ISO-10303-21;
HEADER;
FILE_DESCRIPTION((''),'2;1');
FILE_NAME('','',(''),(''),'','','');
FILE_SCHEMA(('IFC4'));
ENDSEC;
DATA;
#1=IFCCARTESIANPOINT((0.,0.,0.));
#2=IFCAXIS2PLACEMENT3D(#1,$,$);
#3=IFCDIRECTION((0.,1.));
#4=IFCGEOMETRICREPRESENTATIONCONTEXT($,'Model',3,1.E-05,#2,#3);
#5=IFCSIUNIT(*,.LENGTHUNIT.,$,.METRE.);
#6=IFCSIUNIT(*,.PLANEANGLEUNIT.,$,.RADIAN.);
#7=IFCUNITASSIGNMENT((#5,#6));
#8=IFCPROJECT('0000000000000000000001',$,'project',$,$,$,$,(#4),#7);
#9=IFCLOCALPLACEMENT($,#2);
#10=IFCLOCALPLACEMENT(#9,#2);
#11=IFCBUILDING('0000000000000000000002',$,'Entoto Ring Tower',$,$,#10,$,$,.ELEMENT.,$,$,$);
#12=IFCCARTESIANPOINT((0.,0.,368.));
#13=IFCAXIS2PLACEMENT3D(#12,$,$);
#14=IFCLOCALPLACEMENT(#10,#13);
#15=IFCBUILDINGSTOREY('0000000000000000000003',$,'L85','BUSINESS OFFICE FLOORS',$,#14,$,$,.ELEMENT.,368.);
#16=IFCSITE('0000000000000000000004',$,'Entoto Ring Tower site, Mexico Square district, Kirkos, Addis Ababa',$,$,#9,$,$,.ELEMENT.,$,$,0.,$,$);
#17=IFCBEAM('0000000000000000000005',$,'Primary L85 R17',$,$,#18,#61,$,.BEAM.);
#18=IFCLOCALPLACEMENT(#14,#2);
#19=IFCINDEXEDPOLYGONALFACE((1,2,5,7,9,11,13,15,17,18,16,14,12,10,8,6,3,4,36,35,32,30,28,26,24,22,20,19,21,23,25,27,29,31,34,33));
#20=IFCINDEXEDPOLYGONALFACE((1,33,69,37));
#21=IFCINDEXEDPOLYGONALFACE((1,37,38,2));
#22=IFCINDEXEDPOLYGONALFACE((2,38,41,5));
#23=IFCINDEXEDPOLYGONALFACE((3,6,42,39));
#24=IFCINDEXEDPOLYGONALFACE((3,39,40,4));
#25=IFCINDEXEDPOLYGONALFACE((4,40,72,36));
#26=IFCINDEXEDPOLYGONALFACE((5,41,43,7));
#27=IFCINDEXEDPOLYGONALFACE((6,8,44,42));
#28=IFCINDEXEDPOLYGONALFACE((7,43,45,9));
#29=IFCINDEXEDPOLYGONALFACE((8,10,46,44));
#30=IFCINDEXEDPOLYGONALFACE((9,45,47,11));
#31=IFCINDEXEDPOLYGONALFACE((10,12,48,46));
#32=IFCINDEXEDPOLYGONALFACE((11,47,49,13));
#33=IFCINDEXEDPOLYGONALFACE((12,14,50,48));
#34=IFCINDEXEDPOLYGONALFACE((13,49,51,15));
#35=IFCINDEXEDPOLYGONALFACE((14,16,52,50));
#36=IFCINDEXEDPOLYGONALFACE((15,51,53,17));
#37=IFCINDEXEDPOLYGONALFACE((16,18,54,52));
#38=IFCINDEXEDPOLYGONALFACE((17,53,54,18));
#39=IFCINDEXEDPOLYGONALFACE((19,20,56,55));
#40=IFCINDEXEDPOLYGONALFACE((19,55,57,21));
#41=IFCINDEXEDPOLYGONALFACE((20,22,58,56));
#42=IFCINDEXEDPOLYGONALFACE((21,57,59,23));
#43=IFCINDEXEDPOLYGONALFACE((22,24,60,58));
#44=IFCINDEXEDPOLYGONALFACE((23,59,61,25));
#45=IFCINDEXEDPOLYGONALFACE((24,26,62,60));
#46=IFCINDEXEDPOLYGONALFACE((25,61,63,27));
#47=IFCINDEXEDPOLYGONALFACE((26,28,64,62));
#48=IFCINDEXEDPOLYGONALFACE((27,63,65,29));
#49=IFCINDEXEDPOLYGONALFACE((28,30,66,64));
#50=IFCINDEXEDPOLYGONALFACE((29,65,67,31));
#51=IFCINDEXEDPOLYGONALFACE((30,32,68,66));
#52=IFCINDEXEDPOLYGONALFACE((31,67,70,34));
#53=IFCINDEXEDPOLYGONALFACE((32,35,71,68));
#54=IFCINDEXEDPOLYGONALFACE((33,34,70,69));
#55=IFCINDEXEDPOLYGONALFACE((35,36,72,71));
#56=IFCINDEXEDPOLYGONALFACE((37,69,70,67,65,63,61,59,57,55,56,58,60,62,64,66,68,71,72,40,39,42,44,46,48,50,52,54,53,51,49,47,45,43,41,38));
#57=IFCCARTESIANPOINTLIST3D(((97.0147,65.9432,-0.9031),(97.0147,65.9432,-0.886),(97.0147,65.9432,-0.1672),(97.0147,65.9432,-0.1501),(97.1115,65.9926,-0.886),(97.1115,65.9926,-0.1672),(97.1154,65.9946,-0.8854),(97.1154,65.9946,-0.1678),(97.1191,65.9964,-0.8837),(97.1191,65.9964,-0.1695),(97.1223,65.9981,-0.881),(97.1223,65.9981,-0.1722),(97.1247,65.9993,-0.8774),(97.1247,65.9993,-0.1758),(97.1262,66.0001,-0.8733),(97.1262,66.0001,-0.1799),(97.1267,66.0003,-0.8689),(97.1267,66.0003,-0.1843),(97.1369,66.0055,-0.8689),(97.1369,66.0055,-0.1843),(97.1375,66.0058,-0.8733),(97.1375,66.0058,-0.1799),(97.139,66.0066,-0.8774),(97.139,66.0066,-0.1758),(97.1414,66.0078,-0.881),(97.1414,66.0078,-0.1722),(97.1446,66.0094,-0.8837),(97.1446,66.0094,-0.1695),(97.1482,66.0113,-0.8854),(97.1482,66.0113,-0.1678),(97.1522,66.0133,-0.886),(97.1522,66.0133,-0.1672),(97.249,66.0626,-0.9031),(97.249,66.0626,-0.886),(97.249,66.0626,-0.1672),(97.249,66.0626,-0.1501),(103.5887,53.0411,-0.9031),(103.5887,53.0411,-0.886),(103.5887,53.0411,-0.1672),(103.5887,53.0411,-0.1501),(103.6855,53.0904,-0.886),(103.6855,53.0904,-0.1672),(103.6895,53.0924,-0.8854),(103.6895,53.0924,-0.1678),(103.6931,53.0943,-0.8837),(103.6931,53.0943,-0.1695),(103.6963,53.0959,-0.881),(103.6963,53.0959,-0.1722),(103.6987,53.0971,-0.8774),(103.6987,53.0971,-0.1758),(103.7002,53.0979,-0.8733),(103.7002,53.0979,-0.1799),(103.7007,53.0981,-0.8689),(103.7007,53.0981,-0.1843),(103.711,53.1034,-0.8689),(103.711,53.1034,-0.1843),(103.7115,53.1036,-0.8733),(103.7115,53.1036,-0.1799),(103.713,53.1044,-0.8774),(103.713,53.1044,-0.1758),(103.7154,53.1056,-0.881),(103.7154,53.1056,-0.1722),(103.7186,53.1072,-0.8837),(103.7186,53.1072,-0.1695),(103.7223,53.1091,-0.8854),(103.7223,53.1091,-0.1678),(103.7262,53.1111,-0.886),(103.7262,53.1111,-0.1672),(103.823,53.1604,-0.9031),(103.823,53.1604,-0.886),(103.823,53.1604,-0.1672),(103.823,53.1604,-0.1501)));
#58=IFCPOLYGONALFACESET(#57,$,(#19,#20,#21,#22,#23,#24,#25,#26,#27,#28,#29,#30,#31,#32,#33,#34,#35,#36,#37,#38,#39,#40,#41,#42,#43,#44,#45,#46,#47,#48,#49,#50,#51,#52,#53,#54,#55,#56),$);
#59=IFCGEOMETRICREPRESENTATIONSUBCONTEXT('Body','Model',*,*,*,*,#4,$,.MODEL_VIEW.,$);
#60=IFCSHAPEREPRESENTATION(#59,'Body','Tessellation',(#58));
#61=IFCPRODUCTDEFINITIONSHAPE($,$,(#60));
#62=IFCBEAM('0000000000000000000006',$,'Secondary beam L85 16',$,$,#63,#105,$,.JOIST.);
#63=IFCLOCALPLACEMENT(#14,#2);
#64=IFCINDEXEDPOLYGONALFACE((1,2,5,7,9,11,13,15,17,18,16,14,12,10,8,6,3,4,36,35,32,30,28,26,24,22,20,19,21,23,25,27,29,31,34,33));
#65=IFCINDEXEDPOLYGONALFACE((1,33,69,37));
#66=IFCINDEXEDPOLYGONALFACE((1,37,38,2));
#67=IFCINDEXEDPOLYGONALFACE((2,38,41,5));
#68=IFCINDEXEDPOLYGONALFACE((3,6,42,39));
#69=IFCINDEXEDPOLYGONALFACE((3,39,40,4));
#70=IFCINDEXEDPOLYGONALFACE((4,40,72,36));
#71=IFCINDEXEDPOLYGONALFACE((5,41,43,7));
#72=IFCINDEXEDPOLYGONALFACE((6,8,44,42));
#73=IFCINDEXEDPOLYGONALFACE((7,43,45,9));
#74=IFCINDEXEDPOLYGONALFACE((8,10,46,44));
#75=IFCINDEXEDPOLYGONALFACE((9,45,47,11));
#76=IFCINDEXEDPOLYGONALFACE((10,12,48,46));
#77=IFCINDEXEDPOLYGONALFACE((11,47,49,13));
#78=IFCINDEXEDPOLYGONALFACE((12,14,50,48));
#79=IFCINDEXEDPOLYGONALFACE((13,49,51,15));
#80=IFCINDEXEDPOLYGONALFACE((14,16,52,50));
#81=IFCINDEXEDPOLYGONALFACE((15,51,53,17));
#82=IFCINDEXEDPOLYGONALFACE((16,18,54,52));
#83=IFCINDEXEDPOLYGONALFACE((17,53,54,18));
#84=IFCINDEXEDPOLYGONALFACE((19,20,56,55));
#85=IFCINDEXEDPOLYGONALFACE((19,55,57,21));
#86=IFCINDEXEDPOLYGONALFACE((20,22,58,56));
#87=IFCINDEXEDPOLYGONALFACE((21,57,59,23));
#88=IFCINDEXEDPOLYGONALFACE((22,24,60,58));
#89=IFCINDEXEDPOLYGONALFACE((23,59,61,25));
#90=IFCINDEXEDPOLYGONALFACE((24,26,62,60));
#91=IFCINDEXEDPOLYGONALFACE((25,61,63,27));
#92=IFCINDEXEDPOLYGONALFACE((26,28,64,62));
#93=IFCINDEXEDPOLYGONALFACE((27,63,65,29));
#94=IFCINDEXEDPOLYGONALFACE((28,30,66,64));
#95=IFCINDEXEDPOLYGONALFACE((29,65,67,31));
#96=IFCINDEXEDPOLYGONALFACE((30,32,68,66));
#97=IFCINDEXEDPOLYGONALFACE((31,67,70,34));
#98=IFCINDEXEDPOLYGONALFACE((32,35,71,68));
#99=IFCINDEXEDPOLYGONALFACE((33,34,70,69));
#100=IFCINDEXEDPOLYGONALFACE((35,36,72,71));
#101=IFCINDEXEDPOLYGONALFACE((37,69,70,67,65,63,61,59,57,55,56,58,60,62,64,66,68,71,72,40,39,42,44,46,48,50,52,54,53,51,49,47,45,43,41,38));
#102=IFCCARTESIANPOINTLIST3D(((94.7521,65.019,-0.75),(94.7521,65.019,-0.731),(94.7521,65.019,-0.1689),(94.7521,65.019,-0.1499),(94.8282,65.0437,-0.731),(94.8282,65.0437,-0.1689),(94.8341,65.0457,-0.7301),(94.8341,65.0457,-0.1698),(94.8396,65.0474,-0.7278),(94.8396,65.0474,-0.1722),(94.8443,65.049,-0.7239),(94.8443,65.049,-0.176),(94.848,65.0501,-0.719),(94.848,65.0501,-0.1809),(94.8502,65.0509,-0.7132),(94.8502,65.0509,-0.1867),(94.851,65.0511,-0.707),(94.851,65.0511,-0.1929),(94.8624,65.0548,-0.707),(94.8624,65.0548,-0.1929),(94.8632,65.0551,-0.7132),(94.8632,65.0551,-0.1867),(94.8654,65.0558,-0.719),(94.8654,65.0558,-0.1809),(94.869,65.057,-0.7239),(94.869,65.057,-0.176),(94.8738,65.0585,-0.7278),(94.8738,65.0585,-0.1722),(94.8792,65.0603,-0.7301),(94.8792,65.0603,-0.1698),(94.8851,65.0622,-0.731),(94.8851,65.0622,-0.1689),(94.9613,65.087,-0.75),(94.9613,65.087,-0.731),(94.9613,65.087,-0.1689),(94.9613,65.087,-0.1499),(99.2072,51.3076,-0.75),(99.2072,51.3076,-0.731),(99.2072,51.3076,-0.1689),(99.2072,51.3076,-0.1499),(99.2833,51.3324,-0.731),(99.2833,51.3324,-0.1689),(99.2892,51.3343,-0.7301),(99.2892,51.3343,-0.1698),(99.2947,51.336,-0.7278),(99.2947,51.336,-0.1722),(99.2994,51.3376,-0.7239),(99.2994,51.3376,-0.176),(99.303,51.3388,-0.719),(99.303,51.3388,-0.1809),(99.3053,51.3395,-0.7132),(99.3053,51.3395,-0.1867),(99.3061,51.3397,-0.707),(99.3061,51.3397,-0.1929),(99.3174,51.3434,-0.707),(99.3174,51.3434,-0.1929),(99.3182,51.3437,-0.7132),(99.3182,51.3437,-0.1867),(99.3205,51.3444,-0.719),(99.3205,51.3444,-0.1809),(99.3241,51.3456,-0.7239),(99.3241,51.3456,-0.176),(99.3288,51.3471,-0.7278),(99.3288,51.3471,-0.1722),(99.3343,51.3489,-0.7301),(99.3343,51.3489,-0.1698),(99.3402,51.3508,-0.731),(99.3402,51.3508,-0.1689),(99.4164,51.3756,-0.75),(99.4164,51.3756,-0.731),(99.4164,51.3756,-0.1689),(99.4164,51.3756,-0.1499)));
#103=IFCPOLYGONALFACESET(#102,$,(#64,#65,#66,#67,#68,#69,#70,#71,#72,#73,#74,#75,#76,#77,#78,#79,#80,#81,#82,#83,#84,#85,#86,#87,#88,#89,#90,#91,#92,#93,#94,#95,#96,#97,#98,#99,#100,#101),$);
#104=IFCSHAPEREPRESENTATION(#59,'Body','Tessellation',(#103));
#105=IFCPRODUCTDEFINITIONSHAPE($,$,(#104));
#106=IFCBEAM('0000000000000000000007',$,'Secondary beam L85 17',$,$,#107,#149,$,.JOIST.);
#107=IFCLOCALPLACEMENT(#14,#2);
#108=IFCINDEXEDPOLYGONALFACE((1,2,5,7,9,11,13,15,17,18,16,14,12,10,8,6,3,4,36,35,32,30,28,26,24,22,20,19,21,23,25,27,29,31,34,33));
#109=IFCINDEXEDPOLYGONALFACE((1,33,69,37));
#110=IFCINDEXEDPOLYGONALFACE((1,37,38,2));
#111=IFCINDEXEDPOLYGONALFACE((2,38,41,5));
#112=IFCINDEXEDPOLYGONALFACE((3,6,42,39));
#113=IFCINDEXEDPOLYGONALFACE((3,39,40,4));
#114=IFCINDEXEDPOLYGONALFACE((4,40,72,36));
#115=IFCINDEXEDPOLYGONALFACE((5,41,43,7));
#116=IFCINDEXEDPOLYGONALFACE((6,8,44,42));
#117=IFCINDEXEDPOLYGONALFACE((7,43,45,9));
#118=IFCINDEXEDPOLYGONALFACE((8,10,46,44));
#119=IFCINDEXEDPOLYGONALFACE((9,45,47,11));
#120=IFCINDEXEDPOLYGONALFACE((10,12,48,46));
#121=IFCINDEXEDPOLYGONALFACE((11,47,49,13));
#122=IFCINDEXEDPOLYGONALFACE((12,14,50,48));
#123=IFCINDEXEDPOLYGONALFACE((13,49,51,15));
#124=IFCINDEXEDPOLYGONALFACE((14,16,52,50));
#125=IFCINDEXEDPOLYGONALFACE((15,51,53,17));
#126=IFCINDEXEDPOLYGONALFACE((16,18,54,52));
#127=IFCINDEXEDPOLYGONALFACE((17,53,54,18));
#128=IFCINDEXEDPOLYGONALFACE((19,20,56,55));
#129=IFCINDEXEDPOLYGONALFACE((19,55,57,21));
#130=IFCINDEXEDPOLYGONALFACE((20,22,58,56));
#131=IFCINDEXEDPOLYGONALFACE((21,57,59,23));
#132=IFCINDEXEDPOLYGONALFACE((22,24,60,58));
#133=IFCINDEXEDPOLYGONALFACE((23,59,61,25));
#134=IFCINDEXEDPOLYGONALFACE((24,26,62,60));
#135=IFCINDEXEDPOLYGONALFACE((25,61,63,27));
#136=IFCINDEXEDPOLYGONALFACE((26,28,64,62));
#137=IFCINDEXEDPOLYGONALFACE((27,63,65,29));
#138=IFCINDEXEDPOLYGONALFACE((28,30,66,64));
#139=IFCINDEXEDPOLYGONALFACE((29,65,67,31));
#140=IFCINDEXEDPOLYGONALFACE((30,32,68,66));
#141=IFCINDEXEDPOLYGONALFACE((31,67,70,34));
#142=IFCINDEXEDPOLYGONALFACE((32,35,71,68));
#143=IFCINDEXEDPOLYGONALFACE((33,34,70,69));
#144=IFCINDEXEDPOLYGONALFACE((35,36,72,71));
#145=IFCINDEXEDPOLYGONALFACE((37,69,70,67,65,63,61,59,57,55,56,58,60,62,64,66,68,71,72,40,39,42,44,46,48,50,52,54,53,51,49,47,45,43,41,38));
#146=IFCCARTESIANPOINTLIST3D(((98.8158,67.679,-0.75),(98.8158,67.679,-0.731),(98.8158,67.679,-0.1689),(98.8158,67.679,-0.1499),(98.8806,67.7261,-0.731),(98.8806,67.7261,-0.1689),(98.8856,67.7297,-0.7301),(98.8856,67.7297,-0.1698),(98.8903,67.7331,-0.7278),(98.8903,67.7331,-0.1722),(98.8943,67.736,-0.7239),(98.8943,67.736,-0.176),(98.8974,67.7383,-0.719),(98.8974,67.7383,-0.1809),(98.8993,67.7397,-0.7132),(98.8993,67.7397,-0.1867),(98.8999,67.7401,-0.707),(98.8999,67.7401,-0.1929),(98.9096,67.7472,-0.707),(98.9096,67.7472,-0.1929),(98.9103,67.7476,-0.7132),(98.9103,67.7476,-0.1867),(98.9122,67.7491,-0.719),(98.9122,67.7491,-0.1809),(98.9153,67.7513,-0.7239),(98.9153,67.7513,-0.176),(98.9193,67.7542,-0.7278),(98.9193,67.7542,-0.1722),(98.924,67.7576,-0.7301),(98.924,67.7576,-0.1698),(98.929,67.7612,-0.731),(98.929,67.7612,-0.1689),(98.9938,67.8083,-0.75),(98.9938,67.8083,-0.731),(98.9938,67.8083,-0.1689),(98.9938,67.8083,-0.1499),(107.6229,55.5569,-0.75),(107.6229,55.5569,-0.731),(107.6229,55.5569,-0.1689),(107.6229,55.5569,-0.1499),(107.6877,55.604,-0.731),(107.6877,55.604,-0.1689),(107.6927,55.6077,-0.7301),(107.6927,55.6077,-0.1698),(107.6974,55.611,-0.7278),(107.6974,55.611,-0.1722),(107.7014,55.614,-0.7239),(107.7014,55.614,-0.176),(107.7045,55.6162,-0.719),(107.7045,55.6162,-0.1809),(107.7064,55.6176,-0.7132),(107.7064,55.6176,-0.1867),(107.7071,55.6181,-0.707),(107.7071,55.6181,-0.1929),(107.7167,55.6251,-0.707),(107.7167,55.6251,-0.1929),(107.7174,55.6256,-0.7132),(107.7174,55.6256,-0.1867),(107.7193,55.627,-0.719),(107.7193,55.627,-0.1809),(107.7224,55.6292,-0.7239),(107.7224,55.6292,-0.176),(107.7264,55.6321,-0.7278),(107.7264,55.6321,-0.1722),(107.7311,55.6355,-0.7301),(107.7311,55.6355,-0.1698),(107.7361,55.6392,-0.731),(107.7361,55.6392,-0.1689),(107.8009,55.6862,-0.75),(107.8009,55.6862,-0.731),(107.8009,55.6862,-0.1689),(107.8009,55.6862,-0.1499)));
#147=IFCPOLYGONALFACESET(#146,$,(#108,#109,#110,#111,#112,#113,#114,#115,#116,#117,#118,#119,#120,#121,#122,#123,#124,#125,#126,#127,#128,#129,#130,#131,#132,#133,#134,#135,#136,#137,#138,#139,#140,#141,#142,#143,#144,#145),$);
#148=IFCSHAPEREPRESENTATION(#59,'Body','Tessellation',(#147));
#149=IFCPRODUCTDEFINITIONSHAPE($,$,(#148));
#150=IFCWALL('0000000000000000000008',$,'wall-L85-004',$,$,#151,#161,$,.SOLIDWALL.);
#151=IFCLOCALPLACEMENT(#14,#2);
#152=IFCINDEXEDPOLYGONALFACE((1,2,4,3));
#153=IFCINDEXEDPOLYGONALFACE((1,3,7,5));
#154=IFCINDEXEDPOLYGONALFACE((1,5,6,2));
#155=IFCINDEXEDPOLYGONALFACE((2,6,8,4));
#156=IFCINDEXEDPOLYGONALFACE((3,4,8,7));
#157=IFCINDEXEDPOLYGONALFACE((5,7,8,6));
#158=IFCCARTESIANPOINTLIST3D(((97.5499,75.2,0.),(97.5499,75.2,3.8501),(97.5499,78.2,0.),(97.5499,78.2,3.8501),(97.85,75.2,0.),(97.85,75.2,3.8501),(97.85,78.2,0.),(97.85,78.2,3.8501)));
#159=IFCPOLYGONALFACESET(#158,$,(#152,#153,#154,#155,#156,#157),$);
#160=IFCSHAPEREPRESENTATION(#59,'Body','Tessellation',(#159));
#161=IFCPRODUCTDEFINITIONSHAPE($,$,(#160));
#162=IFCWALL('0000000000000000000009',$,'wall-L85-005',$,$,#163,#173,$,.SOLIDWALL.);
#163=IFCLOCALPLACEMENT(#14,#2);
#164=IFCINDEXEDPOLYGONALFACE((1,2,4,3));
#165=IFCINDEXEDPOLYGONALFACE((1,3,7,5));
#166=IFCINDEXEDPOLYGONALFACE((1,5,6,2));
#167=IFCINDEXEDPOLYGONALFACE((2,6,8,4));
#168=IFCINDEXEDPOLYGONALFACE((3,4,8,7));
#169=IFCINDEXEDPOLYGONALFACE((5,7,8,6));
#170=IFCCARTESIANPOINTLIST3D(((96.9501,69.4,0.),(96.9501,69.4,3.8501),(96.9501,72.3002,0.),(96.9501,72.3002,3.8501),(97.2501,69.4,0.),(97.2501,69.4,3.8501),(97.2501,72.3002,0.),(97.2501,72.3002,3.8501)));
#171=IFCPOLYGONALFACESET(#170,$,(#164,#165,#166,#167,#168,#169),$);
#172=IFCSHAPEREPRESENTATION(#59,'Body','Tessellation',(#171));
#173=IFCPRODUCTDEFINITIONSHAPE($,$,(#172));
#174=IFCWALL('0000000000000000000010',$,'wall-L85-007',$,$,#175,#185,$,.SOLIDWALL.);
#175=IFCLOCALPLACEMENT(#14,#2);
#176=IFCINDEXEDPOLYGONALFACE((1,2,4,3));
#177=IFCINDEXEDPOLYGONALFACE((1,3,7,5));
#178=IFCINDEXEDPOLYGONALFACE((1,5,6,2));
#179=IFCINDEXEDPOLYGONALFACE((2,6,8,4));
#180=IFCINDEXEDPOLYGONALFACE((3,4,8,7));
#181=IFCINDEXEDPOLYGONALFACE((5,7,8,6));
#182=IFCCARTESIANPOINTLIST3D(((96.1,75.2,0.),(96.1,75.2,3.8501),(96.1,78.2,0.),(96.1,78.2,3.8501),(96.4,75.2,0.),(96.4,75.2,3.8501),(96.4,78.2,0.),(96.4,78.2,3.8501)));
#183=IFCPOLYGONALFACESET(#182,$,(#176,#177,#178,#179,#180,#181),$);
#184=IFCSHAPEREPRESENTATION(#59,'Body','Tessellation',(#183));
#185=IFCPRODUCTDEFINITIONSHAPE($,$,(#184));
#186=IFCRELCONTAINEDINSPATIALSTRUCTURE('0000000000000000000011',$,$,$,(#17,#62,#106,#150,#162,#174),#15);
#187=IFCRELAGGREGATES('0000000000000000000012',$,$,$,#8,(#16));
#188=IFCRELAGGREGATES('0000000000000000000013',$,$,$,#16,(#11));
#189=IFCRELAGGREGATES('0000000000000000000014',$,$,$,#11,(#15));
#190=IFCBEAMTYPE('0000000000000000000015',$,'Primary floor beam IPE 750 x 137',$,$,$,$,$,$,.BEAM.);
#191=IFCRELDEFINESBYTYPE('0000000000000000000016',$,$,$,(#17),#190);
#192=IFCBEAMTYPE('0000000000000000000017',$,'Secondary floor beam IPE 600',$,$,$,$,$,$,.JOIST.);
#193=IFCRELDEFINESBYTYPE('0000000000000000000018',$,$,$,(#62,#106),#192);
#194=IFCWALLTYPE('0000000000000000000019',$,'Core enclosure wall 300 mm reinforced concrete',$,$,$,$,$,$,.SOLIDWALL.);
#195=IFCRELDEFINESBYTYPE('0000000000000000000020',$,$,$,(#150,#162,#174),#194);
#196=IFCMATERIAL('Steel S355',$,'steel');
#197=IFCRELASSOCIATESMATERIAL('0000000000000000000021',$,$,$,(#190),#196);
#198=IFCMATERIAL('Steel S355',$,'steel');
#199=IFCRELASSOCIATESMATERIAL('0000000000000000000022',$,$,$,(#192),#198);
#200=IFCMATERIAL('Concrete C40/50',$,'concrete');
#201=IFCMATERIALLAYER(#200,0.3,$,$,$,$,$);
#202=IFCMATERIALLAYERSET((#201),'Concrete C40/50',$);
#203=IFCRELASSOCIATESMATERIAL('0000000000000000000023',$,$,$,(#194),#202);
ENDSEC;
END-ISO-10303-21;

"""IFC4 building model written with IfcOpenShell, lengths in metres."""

from ifc_helpers import new_model, si_unit, direction, frame, frame_2d, origin, origin_2d, place, context, subcontext, project, spatial, rectangle, i_section, extrude, material, layer, layer_set, material_profile, profile_set, type_object, element, save


model = new_model("IFC4")

# Units and contexts
model_context = context("Model", 3, precision=1e-05, world=origin(), true_north=direction((0.0, 1.0)))
body_context = subcontext(model_context, "Body", "Model", "MODEL_VIEW")
ifc_project = project(units=[si_unit("LENGTHUNIT", "METRE"), si_unit("PLANEANGLEUNIT", "RADIAN")], contexts=[model_context])

# Site, building, storey
site_placement = place(None, origin())
site = spatial("IfcSite", under=ifc_project, at=site_placement, Name="Entoto Ring Tower site, Mexico Square district, Kirkos, Addis Ababa", CompositionType="ELEMENT", RefElevation=0.0)
building_placement = place(site_placement, origin())
building = spatial("IfcBuilding", under=site, at=building_placement, Name="Entoto Ring Tower", CompositionType="ELEMENT")
storey_placement = place(building_placement, frame((0.0, 0.0, 368.0)))
storey = spatial("IfcBuildingStorey", under=building, at=storey_placement, Name="L85", Description="BUSINESS OFFICE FLOORS", CompositionType="ELEMENT", Elevation=368.0)

# Beams
ifc_material_1 = material(Name="Steel S355", Category="steel")
ifc_material_profile_1 = material_profile(ifc_material_1, i_section(OverallWidth=0.2629, OverallDepth=0.7529, WebThickness=0.0115, FlangeThickness=0.0171, FilletRadius=0.0171, at=origin_2d()), Name="IPE 750 x 137")
ifc_profile_set_1 = profile_set([ifc_material_profile_1], Name="Steel S355")
beam_type_1 = type_object("IfcBeamType", Name="Primary floor beam IPE 750 x 137", PredefinedType="BEAM", material=ifc_profile_set_1)
beam_1_placement = place(storey_placement, frame((97.1318, 66.0029, -0.5266), z_axis=(0.453992, -0.891006, 0.0), x_axis=(0.891006, 0.453992, 0.0)))
element("IfcBeam", 1, at=beam_1_placement, inside=storey, type_object=beam_type_1, Name="Primary L85 R17", PredefinedType="BEAM", context=body_context, shape_type="SweptSolid", body=[
    extrude(i_section(OverallWidth=0.2629, OverallDepth=0.7529, WebThickness=0.0115, FlangeThickness=0.0171, FilletRadius=0.0171, at=origin_2d()), origin(), (0.0, 0.0, 1.0), 14.4805),
])
ifc_material_2 = material(Name="Steel S355", Category="steel")
ifc_material_profile_2 = material_profile(ifc_material_2, i_section(OverallWidth=0.22, OverallDepth=0.6001, WebThickness=0.012, FlangeThickness=0.019, FilletRadius=0.0239, at=origin_2d()), Name="IPE 600")
ifc_profile_set_2 = profile_set([ifc_material_profile_2], Name="Steel S355")
beam_type_2 = type_object("IfcBeamType", Name="Secondary floor beam IPE 600", PredefinedType="JOIST", material=ifc_profile_set_2)
beam_2_placement = place(storey_placement, frame((94.8567, 65.053, -0.45), z_axis=(0.309015, -0.951057, 0.0), x_axis=(0.951057, 0.309015, 0.0)))
element("IfcBeam", 2, at=beam_2_placement, inside=storey, type_object=beam_type_2, Name="Secondary beam L85 16", PredefinedType="JOIST", context=body_context, shape_type="SweptSolid", body=[
    extrude(i_section(OverallWidth=0.22, OverallDepth=0.6001, WebThickness=0.012, FlangeThickness=0.019, FilletRadius=0.0239, at=origin_2d()), origin(), (0.0, 0.0, 1.0), 14.417),
])
beam_3_placement = place(storey_placement, frame((98.9048, 67.7437, -0.45), z_axis=(0.587782, -0.809019, 0.0), x_axis=(0.809019, 0.587782, 0.0)))
element("IfcBeam", 3, at=beam_3_placement, inside=storey, type_object=beam_type_2, Name="Secondary beam L85 17", PredefinedType="JOIST", context=body_context, shape_type="SweptSolid", body=[
    extrude(i_section(OverallWidth=0.22, OverallDepth=0.6001, WebThickness=0.012, FlangeThickness=0.019, FilletRadius=0.0239, at=origin_2d()), origin(), (0.0, 0.0, 1.0), 14.9836),
])

# Walls
ifc_material_3 = material(Name="Concrete C40/50", Category="concrete")
ifc_layer_1 = layer(ifc_material_3, 0.3)
ifc_layer_set_1 = layer_set([ifc_layer_1], Name="Concrete C40/50")
wall_type_1 = type_object("IfcWallType", Name="Core enclosure wall 300 mm reinforced concrete", PredefinedType="SOLIDWALL", material=ifc_layer_set_1)
wall_1_placement = place(storey_placement, frame((97.7, 75.2, 0.0), z_axis=(0.0, 0.0, 1.0), x_axis=(0.0, 1.0, 0.0)))
element("IfcWall", 4, at=wall_1_placement, inside=storey, type_object=wall_type_1, Name="wall-L85-004", PredefinedType="SOLIDWALL", context=body_context, shape_type="SweptSolid", body=[
    extrude(rectangle(XDim=3.0, YDim=0.3, at=frame_2d((1.5, 0.0))), origin(), (0.0, 0.0, 1.0), 3.8501),
])
wall_2_placement = place(storey_placement, frame((97.1001, 69.3999, 0.0), z_axis=(0.0, 0.0, 1.0), x_axis=(0.0, 1.0, 0.0)))
element("IfcWall", 5, at=wall_2_placement, inside=storey, type_object=wall_type_1, Name="wall-L85-005", PredefinedType="SOLIDWALL", context=body_context, shape_type="SweptSolid", body=[
    extrude(rectangle(XDim=2.9001, YDim=0.3, at=frame_2d((1.4502, 0.0))), origin(), (0.0, 0.0, 1.0), 3.8501),
])
wall_3_placement = place(storey_placement, frame((96.25, 75.2, 0.0), z_axis=(0.0, 0.0, 1.0), x_axis=(0.0, 1.0, 0.0)))
element("IfcWall", 6, at=wall_3_placement, inside=storey, type_object=wall_type_1, Name="wall-L85-007", PredefinedType="SOLIDWALL", context=body_context, shape_type="SweptSolid", body=[
    extrude(rectangle(XDim=3.0, YDim=0.3, at=frame_2d((1.5, 0.0))), origin(), (0.0, 0.0, 1.0), 3.8501),
])

save(model, "model.ifc")
